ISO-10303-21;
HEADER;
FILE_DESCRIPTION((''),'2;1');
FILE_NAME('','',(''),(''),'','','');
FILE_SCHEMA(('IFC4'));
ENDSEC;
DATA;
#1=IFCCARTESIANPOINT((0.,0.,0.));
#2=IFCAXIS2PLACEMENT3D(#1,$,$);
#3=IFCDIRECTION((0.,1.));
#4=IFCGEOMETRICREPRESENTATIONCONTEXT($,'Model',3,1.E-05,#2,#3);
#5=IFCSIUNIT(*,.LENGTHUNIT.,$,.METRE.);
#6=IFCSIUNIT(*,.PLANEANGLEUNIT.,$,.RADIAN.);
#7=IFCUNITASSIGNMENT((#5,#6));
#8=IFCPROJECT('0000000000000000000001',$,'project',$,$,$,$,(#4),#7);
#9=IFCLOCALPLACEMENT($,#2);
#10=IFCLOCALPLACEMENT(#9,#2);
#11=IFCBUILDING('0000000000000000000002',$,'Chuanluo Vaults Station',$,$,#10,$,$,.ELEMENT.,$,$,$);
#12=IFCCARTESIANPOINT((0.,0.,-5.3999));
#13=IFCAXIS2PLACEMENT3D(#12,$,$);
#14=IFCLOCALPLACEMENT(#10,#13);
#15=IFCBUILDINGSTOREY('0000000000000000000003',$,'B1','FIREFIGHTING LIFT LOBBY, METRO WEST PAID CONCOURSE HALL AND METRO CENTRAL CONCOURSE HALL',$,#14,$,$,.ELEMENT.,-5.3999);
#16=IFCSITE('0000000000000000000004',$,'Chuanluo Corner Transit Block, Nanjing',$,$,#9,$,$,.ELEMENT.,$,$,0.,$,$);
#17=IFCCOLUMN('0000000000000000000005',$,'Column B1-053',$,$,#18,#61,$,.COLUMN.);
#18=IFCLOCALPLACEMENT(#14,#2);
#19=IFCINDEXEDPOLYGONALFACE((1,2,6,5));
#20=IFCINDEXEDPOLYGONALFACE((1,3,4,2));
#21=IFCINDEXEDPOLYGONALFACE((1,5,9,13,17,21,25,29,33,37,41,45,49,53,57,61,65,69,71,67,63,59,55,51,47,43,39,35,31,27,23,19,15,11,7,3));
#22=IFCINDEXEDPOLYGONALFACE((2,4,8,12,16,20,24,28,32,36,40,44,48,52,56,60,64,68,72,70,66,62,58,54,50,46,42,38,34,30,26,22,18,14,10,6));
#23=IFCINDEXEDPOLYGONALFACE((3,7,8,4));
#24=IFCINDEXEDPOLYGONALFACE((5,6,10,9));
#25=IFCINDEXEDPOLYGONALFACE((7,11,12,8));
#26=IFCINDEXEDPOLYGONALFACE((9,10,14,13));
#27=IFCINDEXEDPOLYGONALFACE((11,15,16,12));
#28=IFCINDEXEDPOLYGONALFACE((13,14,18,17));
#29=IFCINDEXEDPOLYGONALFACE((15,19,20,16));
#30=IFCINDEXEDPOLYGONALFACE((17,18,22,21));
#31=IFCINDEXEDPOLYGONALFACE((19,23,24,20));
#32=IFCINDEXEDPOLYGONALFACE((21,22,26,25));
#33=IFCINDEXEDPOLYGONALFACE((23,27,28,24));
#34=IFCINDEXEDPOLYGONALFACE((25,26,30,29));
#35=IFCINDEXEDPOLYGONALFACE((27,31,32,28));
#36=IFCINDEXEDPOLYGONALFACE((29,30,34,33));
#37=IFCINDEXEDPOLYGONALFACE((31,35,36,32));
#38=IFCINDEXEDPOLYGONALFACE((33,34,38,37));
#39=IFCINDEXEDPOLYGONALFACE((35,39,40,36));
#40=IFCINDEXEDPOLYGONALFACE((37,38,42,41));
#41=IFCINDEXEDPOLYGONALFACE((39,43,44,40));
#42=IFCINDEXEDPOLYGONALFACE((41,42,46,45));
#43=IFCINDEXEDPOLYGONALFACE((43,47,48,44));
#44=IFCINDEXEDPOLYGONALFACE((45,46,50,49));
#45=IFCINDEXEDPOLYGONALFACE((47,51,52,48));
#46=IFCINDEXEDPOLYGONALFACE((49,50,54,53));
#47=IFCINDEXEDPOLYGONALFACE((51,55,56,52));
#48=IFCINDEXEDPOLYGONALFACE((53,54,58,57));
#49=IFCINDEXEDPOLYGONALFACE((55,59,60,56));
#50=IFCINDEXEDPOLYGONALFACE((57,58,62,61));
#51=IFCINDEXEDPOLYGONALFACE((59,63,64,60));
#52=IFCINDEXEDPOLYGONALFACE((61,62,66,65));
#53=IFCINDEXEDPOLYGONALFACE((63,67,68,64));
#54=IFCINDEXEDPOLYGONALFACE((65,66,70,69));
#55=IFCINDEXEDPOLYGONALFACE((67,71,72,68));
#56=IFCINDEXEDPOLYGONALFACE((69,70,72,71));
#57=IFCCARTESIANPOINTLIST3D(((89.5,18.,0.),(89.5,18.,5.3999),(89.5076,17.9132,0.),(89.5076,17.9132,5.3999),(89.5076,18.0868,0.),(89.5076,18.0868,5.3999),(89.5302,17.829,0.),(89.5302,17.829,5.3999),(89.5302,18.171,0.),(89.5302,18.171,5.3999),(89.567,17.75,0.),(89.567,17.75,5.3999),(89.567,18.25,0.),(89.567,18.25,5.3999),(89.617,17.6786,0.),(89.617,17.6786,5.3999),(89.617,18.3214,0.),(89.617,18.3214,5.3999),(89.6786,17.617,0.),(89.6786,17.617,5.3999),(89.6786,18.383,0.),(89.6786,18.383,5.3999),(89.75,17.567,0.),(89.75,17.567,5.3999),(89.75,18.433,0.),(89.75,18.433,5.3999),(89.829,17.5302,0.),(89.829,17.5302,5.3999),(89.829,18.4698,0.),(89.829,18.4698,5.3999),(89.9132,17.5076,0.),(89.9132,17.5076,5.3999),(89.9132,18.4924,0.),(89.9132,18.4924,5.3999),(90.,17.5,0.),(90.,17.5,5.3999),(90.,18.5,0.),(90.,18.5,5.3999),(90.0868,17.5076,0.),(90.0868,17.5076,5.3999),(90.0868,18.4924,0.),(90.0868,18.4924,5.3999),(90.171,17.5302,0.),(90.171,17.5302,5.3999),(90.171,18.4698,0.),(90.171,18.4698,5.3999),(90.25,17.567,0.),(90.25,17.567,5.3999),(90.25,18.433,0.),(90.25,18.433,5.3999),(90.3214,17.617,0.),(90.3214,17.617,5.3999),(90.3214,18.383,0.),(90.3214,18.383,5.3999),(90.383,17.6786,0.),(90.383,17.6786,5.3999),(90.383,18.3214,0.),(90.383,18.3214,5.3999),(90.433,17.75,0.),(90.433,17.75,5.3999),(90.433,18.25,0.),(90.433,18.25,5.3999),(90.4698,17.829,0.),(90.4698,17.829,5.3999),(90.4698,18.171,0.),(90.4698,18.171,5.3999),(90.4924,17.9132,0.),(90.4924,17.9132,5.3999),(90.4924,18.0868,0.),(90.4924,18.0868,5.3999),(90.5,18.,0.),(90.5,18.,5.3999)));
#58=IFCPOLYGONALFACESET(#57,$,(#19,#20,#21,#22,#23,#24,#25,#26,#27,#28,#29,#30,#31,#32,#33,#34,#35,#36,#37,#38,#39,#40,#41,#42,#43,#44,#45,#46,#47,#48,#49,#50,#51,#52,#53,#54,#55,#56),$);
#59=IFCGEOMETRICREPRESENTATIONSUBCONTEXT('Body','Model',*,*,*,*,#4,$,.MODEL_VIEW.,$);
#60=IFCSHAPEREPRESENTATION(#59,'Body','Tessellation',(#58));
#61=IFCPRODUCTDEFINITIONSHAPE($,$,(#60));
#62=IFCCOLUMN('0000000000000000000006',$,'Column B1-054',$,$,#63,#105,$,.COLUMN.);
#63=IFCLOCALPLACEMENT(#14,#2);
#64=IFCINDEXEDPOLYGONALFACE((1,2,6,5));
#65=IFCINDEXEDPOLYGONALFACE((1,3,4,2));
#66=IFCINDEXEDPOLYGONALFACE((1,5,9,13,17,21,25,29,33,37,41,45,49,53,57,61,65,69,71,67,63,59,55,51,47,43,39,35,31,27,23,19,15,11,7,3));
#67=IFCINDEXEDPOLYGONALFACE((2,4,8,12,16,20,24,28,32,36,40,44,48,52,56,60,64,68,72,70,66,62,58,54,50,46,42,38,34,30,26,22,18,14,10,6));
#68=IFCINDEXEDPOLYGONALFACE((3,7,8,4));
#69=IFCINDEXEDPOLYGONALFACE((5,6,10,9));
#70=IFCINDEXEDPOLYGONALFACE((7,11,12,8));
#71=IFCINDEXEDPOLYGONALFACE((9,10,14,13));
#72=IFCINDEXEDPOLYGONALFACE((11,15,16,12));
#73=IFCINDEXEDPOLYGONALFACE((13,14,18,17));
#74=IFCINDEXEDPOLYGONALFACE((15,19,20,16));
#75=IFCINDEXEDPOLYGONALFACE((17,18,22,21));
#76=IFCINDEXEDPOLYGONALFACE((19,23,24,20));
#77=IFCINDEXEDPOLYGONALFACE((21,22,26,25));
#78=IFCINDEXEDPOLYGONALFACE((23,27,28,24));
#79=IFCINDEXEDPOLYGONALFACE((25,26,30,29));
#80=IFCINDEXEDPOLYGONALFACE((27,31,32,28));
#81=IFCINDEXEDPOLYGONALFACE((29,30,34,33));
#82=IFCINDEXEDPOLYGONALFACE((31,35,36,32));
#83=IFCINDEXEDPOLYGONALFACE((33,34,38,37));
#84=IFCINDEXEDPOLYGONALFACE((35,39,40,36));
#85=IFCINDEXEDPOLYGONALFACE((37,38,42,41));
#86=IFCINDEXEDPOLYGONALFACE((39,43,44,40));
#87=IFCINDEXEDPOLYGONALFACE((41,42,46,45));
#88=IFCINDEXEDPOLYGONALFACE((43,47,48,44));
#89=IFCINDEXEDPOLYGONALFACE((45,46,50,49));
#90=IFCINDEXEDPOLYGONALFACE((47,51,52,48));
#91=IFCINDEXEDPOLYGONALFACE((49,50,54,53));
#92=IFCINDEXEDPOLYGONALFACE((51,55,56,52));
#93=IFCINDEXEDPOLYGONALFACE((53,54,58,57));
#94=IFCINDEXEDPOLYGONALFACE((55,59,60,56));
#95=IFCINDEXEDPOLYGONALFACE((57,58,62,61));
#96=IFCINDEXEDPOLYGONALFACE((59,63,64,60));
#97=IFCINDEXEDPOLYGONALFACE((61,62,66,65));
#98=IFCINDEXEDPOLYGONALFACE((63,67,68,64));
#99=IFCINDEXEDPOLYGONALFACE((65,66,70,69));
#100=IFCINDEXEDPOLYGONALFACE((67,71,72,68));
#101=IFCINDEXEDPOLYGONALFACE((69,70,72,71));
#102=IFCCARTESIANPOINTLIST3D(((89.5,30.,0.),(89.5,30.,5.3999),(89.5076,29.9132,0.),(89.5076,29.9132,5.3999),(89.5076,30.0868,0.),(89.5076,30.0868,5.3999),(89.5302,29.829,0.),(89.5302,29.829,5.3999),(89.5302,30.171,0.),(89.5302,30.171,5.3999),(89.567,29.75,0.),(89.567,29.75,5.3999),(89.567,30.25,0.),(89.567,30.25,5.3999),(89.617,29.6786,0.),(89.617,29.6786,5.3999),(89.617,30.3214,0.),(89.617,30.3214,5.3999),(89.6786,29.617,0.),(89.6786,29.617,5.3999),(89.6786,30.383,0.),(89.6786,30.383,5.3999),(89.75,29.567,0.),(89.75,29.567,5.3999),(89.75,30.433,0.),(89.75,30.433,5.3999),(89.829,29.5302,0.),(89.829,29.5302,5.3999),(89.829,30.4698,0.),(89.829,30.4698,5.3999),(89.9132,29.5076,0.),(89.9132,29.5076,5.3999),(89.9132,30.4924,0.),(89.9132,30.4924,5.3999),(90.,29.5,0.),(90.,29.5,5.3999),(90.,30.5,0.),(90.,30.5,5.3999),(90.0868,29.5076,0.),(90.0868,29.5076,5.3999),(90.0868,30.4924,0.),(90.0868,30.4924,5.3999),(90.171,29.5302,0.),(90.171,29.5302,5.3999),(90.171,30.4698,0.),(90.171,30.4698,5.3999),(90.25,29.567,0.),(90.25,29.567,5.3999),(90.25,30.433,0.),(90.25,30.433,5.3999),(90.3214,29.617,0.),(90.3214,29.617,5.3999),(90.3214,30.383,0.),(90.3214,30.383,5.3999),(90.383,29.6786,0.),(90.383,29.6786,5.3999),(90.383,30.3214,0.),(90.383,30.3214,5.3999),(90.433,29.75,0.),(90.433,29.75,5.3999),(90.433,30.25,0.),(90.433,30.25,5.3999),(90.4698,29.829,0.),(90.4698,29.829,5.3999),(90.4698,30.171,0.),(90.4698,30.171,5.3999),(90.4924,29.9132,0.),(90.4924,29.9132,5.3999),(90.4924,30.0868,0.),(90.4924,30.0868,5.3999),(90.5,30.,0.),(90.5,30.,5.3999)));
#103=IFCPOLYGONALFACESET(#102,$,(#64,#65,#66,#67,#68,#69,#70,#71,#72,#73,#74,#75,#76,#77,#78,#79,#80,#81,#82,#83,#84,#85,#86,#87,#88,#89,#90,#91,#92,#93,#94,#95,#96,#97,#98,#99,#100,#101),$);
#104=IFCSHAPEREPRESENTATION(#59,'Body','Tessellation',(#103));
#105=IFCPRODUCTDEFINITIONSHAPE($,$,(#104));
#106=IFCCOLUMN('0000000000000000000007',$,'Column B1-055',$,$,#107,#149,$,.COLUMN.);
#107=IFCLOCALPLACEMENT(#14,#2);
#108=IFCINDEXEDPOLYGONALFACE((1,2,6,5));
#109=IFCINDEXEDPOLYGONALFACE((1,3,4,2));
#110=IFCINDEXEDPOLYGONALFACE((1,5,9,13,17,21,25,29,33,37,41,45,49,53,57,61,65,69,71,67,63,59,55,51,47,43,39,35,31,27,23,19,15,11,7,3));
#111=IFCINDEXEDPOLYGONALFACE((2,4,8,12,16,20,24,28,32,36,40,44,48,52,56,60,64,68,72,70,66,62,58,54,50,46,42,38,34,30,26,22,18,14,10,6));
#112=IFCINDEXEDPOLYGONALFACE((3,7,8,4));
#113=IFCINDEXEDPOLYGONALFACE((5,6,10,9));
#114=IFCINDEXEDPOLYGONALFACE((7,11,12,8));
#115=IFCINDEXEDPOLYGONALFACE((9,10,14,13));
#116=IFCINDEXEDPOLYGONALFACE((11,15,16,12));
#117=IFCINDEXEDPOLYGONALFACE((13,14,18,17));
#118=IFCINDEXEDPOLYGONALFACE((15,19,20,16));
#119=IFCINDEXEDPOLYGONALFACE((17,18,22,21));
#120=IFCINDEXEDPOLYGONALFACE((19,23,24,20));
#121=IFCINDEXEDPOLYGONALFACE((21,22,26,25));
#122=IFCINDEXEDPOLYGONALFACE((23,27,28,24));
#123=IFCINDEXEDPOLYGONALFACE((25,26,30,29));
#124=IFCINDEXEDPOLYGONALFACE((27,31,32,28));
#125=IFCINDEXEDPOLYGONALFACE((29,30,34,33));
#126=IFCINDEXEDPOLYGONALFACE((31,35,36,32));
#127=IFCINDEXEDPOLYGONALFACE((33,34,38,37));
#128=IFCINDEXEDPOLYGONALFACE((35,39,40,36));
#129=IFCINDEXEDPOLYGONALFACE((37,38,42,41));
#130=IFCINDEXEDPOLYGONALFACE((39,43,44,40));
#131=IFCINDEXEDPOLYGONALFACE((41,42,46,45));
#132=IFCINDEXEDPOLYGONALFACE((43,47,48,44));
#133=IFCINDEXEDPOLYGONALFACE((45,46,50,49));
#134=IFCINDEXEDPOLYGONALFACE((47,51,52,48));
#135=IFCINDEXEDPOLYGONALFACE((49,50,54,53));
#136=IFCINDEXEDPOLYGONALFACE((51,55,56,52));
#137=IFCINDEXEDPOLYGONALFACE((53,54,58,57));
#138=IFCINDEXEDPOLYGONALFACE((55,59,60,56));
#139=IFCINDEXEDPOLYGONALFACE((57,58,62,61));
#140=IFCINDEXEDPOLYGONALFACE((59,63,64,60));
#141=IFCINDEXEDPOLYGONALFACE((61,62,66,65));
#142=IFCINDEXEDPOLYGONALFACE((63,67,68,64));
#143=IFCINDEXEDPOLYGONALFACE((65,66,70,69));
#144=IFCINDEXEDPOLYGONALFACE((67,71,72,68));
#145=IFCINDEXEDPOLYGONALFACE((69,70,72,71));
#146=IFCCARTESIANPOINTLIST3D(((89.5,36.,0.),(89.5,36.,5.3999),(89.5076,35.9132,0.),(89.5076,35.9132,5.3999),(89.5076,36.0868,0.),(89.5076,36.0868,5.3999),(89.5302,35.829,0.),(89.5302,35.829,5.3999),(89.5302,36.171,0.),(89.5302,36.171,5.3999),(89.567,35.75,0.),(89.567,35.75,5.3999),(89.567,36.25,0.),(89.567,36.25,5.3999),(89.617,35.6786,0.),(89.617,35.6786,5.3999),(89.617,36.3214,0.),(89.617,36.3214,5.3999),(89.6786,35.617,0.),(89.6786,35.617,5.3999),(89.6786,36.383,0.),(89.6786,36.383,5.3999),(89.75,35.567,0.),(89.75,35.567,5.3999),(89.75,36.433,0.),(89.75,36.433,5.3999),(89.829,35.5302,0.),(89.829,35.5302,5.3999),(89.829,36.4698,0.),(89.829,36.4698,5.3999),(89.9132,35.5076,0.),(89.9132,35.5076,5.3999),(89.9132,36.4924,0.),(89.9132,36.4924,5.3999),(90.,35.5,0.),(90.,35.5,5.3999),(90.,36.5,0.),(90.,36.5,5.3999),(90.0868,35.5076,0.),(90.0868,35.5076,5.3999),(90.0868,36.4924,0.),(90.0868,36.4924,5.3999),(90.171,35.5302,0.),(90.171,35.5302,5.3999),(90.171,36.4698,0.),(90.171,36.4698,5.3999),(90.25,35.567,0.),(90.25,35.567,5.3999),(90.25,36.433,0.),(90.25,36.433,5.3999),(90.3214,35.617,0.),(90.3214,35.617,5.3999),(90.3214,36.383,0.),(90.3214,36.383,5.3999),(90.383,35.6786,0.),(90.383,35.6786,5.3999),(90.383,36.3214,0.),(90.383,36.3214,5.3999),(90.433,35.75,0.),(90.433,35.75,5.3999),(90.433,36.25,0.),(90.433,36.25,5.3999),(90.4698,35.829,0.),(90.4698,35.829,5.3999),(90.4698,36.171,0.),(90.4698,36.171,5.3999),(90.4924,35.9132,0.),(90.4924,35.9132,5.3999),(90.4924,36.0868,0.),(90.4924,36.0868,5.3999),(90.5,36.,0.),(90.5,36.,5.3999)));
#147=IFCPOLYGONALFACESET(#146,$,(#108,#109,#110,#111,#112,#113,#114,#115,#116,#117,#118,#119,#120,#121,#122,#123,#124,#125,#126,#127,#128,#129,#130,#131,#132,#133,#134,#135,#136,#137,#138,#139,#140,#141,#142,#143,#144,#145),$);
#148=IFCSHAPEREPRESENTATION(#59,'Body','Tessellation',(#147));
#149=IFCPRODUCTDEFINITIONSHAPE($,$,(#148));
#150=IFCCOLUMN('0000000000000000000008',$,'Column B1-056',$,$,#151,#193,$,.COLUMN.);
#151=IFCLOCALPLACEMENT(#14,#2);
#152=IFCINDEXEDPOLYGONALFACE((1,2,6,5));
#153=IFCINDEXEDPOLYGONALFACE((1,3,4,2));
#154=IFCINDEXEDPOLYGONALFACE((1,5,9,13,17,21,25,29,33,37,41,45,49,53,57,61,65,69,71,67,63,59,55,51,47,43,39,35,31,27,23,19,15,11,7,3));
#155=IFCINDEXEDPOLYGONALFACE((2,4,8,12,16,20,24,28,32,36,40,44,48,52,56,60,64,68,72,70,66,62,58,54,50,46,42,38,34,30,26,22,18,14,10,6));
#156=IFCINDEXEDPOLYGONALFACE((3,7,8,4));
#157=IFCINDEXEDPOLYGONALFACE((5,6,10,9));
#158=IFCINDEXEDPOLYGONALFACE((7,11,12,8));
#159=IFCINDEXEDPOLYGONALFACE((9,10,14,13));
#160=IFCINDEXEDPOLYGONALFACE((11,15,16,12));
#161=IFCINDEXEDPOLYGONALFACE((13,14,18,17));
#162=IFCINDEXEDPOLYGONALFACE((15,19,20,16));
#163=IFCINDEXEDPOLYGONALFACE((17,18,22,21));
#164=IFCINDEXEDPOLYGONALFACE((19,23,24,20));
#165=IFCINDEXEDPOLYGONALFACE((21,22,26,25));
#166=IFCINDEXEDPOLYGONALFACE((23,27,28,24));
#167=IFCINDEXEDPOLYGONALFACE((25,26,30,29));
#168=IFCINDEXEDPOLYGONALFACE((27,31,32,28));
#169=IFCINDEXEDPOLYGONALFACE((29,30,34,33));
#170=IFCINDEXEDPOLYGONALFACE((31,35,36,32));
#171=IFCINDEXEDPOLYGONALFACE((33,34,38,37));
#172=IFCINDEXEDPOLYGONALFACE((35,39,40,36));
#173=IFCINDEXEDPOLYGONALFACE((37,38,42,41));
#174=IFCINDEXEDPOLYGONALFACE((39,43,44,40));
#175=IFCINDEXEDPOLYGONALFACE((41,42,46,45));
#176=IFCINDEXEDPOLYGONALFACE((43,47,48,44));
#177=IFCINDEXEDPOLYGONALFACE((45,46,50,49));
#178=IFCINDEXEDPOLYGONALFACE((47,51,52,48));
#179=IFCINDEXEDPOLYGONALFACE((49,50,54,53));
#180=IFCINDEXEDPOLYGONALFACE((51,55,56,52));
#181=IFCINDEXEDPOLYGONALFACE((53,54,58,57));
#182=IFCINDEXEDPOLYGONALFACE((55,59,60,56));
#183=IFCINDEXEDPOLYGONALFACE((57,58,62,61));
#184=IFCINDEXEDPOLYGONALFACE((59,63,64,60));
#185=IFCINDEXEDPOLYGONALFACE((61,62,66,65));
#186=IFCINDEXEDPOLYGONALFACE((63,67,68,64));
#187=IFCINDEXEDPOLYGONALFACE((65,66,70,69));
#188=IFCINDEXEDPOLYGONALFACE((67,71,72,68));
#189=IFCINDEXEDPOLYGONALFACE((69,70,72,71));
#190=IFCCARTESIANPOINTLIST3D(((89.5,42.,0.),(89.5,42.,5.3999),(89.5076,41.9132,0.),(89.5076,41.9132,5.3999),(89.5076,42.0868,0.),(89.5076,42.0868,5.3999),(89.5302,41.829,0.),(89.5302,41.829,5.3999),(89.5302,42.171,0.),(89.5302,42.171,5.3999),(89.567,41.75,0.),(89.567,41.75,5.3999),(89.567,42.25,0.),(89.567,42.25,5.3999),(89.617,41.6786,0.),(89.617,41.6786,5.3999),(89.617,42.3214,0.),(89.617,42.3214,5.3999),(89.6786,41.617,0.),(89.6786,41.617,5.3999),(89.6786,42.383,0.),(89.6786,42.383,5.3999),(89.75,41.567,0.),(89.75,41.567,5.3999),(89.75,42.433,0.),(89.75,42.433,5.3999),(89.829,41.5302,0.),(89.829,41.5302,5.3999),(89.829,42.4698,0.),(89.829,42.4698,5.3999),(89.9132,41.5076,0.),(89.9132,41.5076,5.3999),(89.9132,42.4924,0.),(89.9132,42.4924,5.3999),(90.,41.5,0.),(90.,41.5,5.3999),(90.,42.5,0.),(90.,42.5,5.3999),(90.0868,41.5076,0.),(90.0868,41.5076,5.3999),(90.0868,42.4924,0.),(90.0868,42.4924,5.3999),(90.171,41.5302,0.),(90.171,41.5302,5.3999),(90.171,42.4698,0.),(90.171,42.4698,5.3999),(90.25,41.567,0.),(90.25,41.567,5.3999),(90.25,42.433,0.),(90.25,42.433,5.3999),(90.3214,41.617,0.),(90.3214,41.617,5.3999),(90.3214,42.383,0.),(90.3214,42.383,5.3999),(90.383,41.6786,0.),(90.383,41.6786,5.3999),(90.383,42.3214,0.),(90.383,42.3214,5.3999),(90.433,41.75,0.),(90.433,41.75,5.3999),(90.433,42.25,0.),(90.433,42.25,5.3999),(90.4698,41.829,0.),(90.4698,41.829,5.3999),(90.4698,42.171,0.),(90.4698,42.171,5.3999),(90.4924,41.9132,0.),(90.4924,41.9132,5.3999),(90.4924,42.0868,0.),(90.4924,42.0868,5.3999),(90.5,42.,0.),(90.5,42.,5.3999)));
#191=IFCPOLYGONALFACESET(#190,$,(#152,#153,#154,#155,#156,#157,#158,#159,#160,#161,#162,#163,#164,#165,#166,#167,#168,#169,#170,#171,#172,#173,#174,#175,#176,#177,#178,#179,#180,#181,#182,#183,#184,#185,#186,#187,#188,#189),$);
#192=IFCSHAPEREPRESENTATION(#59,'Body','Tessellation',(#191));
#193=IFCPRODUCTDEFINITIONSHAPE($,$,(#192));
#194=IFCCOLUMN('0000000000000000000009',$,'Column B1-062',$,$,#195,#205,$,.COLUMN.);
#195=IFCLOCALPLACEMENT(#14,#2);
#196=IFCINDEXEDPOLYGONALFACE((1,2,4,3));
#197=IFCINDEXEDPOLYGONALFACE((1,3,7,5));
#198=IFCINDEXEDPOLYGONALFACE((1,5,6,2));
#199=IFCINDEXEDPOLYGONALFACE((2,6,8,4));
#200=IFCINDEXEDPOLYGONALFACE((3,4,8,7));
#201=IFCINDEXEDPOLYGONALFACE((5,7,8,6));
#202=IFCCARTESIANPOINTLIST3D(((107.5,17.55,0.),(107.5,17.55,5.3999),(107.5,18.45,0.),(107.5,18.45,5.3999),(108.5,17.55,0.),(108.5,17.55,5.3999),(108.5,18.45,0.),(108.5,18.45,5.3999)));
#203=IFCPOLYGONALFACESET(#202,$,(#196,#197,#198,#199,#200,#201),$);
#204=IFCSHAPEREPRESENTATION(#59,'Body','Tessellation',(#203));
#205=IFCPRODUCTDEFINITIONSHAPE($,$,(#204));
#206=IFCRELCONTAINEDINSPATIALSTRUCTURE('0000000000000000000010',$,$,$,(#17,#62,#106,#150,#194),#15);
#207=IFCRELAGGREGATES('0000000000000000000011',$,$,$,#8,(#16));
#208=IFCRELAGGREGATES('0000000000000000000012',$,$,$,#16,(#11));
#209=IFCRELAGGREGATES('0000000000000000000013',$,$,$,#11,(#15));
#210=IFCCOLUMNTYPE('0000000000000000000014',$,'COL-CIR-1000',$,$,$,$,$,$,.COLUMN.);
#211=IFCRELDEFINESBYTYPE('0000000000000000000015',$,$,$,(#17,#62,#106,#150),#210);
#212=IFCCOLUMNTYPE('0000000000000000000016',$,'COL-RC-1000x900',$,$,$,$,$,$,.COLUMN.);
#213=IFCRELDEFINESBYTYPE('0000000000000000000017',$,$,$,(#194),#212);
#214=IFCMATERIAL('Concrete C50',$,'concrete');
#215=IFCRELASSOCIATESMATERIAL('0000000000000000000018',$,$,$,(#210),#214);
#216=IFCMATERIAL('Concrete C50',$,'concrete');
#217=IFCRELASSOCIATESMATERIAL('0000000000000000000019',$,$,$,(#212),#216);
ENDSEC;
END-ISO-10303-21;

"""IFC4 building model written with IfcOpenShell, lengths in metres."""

from ifc_helpers import new_model, si_unit, direction, frame, origin, origin_2d, place, context, subcontext, project, spatial, rectangle, circle, extrude, material, material_profile, profile_set, type_object, element, save


model = new_model("IFC4")

# Units and contexts
model_context = context("Model", 3, precision=1e-05, world=origin(), true_north=direction((0.0, 1.0)))
body_context = subcontext(model_context, "Body", "Model", "MODEL_VIEW")
ifc_project = project(units=[si_unit("LENGTHUNIT", "METRE"), si_unit("PLANEANGLEUNIT", "RADIAN")], contexts=[model_context])

# Site, building, storey
site_placement = place(None, origin())
site = spatial("IfcSite", under=ifc_project, at=site_placement, Name="Chuanluo Corner Transit Block, Nanjing", CompositionType="ELEMENT", RefElevation=0.0)
building_placement = place(site_placement, origin())
building = spatial("IfcBuilding", under=site, at=building_placement, Name="Chuanluo Vaults Station", CompositionType="ELEMENT")
storey_placement = place(building_placement, frame((0.0, 0.0, -5.3999)))
storey = spatial("IfcBuildingStorey", under=building, at=storey_placement, Name="B1", Description="FIREFIGHTING LIFT LOBBY, METRO WEST PAID CONCOURSE HALL AND METRO CENTRAL CONCOURSE HALL", CompositionType="ELEMENT", Elevation=-5.3999)

# Columns
ifc_material_1 = material(Name="Concrete C50", Category="concrete")
ifc_material_profile_1 = material_profile(ifc_material_1, circle(Radius=0.5, at=origin_2d()))
ifc_profile_set_1 = profile_set([ifc_material_profile_1], Name="Concrete C50")
column_type_1 = type_object("IfcColumnType", Name="COL-CIR-1000", PredefinedType="COLUMN", material=ifc_profile_set_1)
for number, where, z_axis, x_axis, name in (
    (1, (90.0, 18.0, 0.0), (0.0, 0.0, 1.0), (1.0, 0.0, 0.0), "Column B1-053"),
    (2, (90.0, 30.0, 0.0), (0.0, 0.0, 1.0), (1.0, 0.0, 0.0), "Column B1-054"),
    (3, (90.0, 36.0, 0.0), (0.0, 0.0, 1.0), (1.0, 0.0, 0.0), "Column B1-055"),
    (4, (90.0, 42.0, 0.0), (0.0, 0.0, 1.0), (1.0, 0.0, 0.0), "Column B1-056"),
):
    element("IfcColumn", number, at=place(storey_placement, frame(where, z_axis=z_axis, x_axis=x_axis)), inside=storey, type_object=column_type_1, Name=name, PredefinedType="COLUMN", context=body_context, shape_type="SweptSolid", body=[
        extrude(circle(Radius=0.5, at=origin_2d()), origin(), (0.0, 0.0, 1.0), 5.3999),
    ])
ifc_material_2 = material(Name="Concrete C50", Category="concrete")
ifc_material_profile_2 = material_profile(ifc_material_2, rectangle(XDim=1.0, YDim=0.8999, at=origin_2d()))
ifc_profile_set_2 = profile_set([ifc_material_profile_2], Name="Concrete C50")
column_type_2 = type_object("IfcColumnType", Name="COL-RC-1000x900", PredefinedType="COLUMN", material=ifc_profile_set_2)
for number, where, z_axis, x_axis, name in (
    (5, (108.0, 18.0, 0.0), (0.0, 0.0, 1.0), (1.0, 0.0, 0.0), "Column B1-062"),
):
    element("IfcColumn", number, at=place(storey_placement, frame(where, z_axis=z_axis, x_axis=x_axis)), inside=storey, type_object=column_type_2, Name=name, PredefinedType="COLUMN", context=body_context, shape_type="SweptSolid", body=[
        extrude(rectangle(XDim=1.0, YDim=0.8999, at=origin_2d()), origin(), (0.0, 0.0, 1.0), 5.3999),
    ])

save(model, "model.ifc")
